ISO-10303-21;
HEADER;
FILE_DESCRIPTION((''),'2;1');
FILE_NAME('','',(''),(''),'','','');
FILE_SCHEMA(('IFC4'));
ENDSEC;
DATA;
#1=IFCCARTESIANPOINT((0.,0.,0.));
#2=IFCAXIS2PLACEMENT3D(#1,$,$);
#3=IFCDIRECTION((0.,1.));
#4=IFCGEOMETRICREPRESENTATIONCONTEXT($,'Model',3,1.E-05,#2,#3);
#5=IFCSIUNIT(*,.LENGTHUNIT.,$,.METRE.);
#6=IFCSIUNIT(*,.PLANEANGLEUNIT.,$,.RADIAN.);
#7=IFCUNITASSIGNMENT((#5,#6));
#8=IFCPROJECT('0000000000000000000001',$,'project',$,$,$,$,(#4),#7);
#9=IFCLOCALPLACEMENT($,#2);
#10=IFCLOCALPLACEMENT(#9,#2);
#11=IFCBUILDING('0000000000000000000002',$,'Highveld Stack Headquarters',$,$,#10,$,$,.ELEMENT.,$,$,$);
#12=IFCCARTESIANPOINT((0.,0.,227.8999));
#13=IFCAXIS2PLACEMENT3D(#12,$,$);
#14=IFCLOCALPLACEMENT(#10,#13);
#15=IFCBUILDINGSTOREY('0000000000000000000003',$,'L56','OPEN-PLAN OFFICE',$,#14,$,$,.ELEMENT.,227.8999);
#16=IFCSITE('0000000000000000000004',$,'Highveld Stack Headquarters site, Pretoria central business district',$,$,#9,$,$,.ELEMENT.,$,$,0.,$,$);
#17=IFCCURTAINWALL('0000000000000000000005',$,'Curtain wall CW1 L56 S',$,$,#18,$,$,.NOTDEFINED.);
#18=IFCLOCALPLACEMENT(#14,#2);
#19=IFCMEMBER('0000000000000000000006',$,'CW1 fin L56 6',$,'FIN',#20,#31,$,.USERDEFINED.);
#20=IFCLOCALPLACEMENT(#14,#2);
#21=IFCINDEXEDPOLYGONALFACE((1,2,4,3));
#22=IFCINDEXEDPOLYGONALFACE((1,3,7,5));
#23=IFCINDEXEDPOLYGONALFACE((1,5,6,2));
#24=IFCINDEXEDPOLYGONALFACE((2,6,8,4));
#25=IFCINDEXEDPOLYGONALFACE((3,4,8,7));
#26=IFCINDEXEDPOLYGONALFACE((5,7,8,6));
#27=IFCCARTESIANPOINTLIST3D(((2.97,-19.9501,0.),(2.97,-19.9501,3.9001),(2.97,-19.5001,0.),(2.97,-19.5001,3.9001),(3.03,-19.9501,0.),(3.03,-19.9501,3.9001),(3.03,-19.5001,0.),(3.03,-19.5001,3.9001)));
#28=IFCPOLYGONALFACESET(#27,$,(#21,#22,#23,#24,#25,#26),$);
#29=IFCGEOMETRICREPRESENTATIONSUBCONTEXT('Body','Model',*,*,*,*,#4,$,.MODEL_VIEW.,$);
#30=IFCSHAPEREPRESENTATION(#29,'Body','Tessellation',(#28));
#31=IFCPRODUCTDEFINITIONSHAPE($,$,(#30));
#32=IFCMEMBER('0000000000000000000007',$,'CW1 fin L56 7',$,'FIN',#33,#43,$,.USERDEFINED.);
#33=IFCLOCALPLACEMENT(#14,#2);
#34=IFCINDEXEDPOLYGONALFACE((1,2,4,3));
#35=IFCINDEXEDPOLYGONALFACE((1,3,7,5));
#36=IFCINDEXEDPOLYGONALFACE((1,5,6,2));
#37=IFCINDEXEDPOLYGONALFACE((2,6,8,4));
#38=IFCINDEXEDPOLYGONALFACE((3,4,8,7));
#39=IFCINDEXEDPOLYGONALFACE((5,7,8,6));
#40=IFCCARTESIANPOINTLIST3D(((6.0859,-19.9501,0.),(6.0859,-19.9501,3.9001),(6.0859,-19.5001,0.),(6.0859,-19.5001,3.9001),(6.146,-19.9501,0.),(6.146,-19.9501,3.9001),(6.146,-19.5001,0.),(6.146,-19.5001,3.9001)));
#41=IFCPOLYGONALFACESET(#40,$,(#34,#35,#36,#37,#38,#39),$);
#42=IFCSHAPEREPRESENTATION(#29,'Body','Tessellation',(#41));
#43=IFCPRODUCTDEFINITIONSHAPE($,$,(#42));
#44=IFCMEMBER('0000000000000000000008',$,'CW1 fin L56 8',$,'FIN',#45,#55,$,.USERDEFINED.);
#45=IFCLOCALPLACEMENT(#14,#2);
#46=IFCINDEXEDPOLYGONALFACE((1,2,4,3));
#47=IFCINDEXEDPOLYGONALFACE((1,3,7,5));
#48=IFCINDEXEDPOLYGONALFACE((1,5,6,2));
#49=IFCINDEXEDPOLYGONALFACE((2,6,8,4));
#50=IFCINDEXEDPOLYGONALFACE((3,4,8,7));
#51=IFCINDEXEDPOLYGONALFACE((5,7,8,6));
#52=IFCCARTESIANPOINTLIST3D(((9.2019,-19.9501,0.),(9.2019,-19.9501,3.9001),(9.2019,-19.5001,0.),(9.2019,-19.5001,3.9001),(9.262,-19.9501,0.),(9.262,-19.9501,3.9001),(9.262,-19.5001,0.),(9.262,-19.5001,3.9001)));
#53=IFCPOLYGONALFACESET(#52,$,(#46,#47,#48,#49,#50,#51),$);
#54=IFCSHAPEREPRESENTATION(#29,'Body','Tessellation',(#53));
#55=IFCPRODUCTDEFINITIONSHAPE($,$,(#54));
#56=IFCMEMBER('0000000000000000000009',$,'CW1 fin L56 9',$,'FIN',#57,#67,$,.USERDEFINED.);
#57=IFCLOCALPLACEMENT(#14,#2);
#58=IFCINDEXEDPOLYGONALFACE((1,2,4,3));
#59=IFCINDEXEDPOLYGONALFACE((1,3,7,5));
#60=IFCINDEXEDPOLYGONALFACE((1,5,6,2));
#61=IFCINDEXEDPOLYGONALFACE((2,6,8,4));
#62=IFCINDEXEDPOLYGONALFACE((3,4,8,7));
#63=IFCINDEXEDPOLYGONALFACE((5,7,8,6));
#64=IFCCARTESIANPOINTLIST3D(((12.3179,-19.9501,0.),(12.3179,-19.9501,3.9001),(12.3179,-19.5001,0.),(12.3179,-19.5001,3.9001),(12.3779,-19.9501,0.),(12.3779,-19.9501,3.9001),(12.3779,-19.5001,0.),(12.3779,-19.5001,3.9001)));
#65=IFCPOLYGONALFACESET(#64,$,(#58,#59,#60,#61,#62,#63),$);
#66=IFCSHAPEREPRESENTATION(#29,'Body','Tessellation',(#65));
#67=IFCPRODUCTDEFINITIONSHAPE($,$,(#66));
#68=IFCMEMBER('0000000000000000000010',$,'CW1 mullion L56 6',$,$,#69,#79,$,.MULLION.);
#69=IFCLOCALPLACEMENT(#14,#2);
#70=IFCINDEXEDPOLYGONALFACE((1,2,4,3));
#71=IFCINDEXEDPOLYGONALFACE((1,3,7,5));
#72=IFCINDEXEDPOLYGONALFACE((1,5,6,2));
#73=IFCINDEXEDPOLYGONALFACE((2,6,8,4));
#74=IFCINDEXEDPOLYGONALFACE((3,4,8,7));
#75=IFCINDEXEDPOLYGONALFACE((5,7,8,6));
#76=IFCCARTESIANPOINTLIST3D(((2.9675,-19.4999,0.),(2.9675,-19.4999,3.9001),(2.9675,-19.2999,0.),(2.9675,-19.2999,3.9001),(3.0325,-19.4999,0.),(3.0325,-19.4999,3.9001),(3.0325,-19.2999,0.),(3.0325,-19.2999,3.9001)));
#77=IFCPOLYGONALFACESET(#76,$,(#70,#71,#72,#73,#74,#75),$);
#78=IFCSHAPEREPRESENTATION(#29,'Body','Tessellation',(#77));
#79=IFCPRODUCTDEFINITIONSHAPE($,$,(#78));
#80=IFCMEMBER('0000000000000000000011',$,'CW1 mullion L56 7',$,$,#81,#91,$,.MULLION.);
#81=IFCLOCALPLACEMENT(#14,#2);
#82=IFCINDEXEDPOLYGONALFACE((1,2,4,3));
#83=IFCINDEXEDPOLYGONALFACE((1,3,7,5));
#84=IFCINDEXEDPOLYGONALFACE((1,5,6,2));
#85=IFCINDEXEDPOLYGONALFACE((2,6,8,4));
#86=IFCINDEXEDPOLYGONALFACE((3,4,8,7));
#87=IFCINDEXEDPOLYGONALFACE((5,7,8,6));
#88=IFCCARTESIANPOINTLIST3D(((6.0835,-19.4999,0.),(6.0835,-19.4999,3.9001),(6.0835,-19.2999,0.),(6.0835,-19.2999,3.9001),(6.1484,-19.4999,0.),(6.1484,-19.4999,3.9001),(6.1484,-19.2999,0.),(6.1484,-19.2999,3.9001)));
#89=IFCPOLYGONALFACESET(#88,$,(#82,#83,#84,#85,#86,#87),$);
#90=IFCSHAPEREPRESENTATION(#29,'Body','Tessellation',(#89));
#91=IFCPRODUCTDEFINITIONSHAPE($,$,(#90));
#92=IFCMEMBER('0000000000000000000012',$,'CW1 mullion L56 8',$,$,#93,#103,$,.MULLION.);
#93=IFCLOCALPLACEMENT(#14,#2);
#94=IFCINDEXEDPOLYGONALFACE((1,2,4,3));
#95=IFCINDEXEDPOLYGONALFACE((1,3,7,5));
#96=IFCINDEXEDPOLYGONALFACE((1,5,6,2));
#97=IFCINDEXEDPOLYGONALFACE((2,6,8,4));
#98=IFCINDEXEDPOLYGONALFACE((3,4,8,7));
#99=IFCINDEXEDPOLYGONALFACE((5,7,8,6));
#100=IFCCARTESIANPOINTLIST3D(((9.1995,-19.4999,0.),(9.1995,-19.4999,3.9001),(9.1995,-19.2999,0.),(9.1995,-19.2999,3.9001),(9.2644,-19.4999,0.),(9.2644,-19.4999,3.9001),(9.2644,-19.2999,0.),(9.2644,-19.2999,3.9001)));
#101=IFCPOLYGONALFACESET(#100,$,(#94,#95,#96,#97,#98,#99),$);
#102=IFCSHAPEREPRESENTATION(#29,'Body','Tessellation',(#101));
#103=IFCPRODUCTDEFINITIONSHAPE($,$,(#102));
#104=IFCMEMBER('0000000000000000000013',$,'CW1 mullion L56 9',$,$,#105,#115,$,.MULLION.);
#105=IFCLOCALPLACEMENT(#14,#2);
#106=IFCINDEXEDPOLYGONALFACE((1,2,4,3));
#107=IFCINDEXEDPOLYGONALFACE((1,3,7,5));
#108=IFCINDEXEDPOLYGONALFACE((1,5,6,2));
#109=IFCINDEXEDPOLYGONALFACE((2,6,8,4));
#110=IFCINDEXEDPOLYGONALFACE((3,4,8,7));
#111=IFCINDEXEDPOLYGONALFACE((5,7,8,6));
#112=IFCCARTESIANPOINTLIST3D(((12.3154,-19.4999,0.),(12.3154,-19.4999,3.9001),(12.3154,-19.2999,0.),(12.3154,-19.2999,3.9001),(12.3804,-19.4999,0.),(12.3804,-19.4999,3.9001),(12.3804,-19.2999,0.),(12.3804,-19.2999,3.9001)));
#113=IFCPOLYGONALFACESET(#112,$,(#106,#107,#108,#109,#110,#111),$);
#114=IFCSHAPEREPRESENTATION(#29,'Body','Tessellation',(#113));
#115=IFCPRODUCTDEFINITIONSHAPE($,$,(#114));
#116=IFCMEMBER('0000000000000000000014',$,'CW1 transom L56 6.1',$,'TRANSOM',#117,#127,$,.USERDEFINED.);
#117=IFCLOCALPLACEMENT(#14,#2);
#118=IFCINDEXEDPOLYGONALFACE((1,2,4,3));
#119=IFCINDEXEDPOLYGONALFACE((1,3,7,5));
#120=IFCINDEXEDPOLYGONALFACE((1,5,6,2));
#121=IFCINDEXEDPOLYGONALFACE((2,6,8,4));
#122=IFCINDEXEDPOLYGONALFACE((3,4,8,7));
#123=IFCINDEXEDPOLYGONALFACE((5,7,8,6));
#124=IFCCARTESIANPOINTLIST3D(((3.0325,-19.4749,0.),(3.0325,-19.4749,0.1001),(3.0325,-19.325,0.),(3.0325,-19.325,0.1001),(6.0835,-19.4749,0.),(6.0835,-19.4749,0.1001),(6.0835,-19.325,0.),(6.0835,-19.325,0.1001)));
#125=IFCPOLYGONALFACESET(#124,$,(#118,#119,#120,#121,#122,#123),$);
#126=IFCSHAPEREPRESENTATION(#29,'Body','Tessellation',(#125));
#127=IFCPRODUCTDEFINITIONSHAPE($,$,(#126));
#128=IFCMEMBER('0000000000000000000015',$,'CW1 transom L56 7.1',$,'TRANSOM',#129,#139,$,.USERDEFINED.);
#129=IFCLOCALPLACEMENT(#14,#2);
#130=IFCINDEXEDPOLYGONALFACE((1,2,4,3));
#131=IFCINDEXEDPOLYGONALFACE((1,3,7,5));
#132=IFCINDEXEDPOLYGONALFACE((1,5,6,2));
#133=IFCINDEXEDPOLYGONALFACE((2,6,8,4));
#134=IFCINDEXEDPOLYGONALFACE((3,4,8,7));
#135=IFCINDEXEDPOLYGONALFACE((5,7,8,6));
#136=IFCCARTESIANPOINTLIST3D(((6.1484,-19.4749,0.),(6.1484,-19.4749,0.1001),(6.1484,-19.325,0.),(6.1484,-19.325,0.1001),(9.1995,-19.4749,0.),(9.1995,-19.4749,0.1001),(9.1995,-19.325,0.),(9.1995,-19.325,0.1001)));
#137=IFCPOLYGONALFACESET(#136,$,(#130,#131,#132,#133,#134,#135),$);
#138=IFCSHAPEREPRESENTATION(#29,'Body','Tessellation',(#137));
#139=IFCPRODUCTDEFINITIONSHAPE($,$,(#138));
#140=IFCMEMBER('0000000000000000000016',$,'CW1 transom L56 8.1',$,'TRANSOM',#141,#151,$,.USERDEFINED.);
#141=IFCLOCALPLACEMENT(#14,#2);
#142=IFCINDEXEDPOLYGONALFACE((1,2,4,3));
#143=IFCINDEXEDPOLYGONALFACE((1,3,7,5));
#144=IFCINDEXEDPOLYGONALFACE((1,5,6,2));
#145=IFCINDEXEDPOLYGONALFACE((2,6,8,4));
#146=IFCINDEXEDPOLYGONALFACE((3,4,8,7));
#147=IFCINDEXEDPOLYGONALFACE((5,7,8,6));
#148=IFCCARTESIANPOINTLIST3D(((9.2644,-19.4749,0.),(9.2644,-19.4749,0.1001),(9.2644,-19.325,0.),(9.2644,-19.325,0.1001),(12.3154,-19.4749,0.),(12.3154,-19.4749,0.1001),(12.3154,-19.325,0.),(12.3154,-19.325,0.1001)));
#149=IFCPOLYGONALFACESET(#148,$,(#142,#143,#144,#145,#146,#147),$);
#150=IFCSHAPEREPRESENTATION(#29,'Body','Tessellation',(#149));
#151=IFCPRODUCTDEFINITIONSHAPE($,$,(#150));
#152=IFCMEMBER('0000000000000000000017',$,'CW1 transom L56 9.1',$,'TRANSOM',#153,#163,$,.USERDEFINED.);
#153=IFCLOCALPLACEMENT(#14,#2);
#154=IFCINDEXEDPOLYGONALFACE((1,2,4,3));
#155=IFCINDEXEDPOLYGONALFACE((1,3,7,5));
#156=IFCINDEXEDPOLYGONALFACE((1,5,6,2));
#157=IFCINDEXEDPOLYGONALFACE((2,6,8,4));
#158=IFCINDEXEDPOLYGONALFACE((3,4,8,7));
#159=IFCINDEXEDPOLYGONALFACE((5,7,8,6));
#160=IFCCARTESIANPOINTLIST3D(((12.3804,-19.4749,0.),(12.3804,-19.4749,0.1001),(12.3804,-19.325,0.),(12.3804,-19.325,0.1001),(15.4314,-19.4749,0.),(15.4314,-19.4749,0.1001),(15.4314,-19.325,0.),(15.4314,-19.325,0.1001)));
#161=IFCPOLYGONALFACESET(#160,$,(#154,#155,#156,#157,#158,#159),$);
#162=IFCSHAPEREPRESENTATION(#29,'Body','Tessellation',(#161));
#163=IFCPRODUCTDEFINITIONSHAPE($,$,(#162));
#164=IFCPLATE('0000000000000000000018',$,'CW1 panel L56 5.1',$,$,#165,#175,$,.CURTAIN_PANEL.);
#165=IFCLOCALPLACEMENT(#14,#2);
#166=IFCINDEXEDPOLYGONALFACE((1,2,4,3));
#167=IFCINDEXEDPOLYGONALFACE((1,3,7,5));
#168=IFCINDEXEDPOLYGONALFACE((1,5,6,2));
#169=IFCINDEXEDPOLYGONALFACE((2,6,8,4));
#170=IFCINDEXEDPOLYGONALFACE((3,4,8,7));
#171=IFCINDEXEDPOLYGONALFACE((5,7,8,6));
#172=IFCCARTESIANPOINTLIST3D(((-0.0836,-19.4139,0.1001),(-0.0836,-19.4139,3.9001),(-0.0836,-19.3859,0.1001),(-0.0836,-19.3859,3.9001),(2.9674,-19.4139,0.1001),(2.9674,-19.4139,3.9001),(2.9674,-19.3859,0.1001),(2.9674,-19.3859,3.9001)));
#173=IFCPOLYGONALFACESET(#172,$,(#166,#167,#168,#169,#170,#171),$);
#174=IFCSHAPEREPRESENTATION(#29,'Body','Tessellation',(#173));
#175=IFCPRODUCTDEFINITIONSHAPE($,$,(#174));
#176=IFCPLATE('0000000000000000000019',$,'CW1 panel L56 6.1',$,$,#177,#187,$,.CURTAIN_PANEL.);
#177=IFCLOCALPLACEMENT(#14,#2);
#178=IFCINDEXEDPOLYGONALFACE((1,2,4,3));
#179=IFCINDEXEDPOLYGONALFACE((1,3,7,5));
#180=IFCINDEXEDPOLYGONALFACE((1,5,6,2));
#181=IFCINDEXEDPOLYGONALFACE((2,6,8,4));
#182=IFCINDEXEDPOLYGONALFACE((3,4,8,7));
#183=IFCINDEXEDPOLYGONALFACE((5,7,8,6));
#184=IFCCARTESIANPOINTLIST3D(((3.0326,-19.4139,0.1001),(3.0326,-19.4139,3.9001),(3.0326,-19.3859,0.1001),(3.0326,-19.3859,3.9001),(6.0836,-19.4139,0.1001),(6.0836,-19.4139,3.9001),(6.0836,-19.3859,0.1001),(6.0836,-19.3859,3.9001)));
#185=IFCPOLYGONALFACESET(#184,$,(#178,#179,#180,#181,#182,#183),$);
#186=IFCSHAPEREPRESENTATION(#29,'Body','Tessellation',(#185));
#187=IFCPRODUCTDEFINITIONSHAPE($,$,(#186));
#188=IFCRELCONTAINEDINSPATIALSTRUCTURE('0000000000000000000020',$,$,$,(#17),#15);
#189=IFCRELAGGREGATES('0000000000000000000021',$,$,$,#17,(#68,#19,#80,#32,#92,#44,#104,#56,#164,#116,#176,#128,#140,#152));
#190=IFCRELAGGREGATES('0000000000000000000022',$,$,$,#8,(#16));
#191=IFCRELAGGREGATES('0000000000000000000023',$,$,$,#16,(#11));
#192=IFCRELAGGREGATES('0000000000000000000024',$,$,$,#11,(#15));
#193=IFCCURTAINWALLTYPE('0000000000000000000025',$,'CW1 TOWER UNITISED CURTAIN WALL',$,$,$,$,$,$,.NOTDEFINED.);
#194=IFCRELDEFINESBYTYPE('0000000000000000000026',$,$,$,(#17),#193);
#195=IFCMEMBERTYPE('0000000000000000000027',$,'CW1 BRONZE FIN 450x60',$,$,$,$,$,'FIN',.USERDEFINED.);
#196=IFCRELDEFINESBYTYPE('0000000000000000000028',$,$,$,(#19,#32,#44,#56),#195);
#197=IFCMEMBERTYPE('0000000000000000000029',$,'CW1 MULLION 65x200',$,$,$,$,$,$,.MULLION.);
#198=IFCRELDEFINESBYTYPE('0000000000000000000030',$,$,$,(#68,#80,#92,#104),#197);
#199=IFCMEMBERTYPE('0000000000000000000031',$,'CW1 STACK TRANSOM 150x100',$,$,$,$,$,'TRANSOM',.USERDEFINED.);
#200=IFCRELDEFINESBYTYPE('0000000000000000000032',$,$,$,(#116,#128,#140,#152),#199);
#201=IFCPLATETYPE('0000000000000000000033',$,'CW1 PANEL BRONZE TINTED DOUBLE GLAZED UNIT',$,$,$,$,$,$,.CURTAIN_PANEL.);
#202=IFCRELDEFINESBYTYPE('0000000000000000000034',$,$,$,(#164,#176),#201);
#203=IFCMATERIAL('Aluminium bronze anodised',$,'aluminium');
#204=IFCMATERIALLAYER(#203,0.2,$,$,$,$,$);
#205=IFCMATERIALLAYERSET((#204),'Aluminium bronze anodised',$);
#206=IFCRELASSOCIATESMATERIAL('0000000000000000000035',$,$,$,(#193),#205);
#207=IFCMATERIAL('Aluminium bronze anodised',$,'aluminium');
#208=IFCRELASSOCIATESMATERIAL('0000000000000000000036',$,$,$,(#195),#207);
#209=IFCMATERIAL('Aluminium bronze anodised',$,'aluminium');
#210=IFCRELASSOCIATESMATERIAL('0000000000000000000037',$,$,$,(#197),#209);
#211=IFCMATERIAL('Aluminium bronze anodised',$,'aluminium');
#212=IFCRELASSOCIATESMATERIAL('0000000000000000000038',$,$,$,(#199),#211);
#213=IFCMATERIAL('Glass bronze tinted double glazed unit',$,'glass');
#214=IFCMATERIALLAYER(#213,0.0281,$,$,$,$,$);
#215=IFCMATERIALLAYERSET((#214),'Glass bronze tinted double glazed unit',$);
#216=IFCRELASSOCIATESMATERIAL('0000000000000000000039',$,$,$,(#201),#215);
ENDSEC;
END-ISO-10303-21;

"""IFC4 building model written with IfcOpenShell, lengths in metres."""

from ifc_helpers import new_model, si_unit, direction, frame, origin, origin_2d, place, context, subcontext, project, spatial, rectangle, extrude, material, layer, layer_set, material_profile, profile_set, type_object, element, aggregate, save


model = new_model("IFC4")

# Units and contexts
model_context = context("Model", 3, precision=1e-05, world=origin(), true_north=direction((0.0, 1.0)))
body_context = subcontext(model_context, "Body", "Model", "MODEL_VIEW")
ifc_project = project(units=[si_unit("LENGTHUNIT", "METRE"), si_unit("PLANEANGLEUNIT", "RADIAN")], contexts=[model_context])

# Site, building, storey
site_placement = place(None, origin())
site = spatial("IfcSite", under=ifc_project, at=site_placement, Name="Highveld Stack Headquarters site, Pretoria central business district", CompositionType="ELEMENT", RefElevation=0.0)
building_placement = place(site_placement, origin())
building = spatial("IfcBuilding", under=site, at=building_placement, Name="Highveld Stack Headquarters", CompositionType="ELEMENT")
storey_placement = place(building_placement, frame((0.0, 0.0, 227.8999)))
storey = spatial("IfcBuildingStorey", under=building, at=storey_placement, Name="L56", Description="OPEN-PLAN OFFICE", CompositionType="ELEMENT", Elevation=227.8999)

# Curtain wall, members, plates
ifc_material_1 = material(Name="Aluminium bronze anodised", Category="aluminium")
ifc_layer_1 = layer(ifc_material_1, 0.2)
ifc_layer_set_1 = layer_set([ifc_layer_1], Name="Aluminium bronze anodised")
curtain_wall_type = type_object("IfcCurtainWallType", Name="CW1 TOWER UNITISED CURTAIN WALL", PredefinedType="NOTDEFINED", material=ifc_layer_set_1)
curtain_wall_placement = place(storey_placement, origin())
curtain_wall = element("IfcCurtainWall", 1, at=curtain_wall_placement, inside=storey, type_object=curtain_wall_type, Name="Curtain wall CW1 L56 S", PredefinedType="NOTDEFINED")
ifc_material_2 = material(Name="Aluminium bronze anodised", Category="aluminium")
ifc_material_profile_1 = material_profile(ifc_material_2, rectangle(XDim=0.45, YDim=0.0601, at=origin_2d()), Name="FIN 450x60")
ifc_profile_set_1 = profile_set([ifc_material_profile_1], Name="Aluminium bronze anodised")
member_type_1 = type_object("IfcMemberType", Name="CW1 BRONZE FIN 450x60", ElementType="FIN", PredefinedType="USERDEFINED", material=ifc_profile_set_1)
member_1_placement = place(storey_placement, frame((3.0, -19.7251, 0.0), z_axis=(0.0, 0.0, 1.0), x_axis=(0.0, 1.0, 0.0)))
member_1 = element("IfcMember", 2, at=member_1_placement, type_object=member_type_1, Name="CW1 fin L56 6", ObjectType="FIN", PredefinedType="USERDEFINED", context=body_context, shape_type="SweptSolid", body=[
    extrude(rectangle(XDim=0.45, YDim=0.0601, at=origin_2d()), origin(), (0.0, 0.0, 1.0), 3.9001),
])
member_2_placement = place(storey_placement, frame((6.116, -19.7251, 0.0), z_axis=(0.0, 0.0, 1.0), x_axis=(0.0, 1.0, 0.0)))
member_2 = element("IfcMember", 3, at=member_2_placement, type_object=member_type_1, Name="CW1 fin L56 7", ObjectType="FIN", PredefinedType="USERDEFINED", context=body_context, shape_type="SweptSolid", body=[
    extrude(rectangle(XDim=0.45, YDim=0.0601, at=origin_2d()), origin(), (0.0, 0.0, 1.0), 3.9001),
])
member_3_placement = place(storey_placement, frame((9.2319, -19.7251, 0.0), z_axis=(0.0, 0.0, 1.0), x_axis=(0.0, 1.0, 0.0)))
member_3 = element("IfcMember", 4, at=member_3_placement, type_object=member_type_1, Name="CW1 fin L56 8", ObjectType="FIN", PredefinedType="USERDEFINED", context=body_context, shape_type="SweptSolid", body=[
    extrude(rectangle(XDim=0.45, YDim=0.0601, at=origin_2d()), origin(), (0.0, 0.0, 1.0), 3.9001),
])
member_4_placement = place(storey_placement, frame((12.3479, -19.7251, 0.0), z_axis=(0.0, 0.0, 1.0), x_axis=(0.0, 1.0, 0.0)))
member_4 = element("IfcMember", 5, at=member_4_placement, type_object=member_type_1, Name="CW1 fin L56 9", ObjectType="FIN", PredefinedType="USERDEFINED", context=body_context, shape_type="SweptSolid", body=[
    extrude(rectangle(XDim=0.45, YDim=0.0601, at=origin_2d()), origin(), (0.0, 0.0, 1.0), 3.9001),
])
ifc_material_3 = material(Name="Aluminium bronze anodised", Category="aluminium")
ifc_material_profile_2 = material_profile(ifc_material_3, rectangle(XDim=0.2, YDim=0.0649, at=origin_2d()), Name="CW1 MULLION 65x200")
ifc_profile_set_2 = profile_set([ifc_material_profile_2], Name="Aluminium bronze anodised")
member_type_2 = type_object("IfcMemberType", Name="CW1 MULLION 65x200", PredefinedType="MULLION", material=ifc_profile_set_2)
member_5_placement = place(storey_placement, frame((3.0, -19.3999, 0.0), z_axis=(0.0, 0.0, 1.0), x_axis=(0.0, 1.0, 0.0)))
member_5 = element("IfcMember", 6, at=member_5_placement, type_object=member_type_2, Name="CW1 mullion L56 6", PredefinedType="MULLION", context=body_context, shape_type="SweptSolid", body=[
    extrude(rectangle(XDim=0.2, YDim=0.0649, at=origin_2d()), origin(), (0.0, 0.0, 1.0), 3.9001),
])
member_6_placement = place(storey_placement, frame((6.116, -19.3999, 0.0), z_axis=(0.0, 0.0, 1.0), x_axis=(0.0, 1.0, 0.0)))
member_6 = element("IfcMember", 7, at=member_6_placement, type_object=member_type_2, Name="CW1 mullion L56 7", PredefinedType="MULLION", context=body_context, shape_type="SweptSolid", body=[
    extrude(rectangle(XDim=0.2, YDim=0.0649, at=origin_2d()), origin(), (0.0, 0.0, 1.0), 3.9001),
])
member_7_placement = place(storey_placement, frame((9.2319, -19.3999, 0.0), z_axis=(0.0, 0.0, 1.0), x_axis=(0.0, 1.0, 0.0)))
member_7 = element("IfcMember", 8, at=member_7_placement, type_object=member_type_2, Name="CW1 mullion L56 8", PredefinedType="MULLION", context=body_context, shape_type="SweptSolid", body=[
    extrude(rectangle(XDim=0.2, YDim=0.0649, at=origin_2d()), origin(), (0.0, 0.0, 1.0), 3.9001),
])
member_8_placement = place(storey_placement, frame((12.3479, -19.3999, 0.0), z_axis=(0.0, 0.0, 1.0), x_axis=(0.0, 1.0, 0.0)))
member_8 = element("IfcMember", 9, at=member_8_placement, type_object=member_type_2, Name="CW1 mullion L56 9", PredefinedType="MULLION", context=body_context, shape_type="SweptSolid", body=[
    extrude(rectangle(XDim=0.2, YDim=0.0649, at=origin_2d()), origin(), (0.0, 0.0, 1.0), 3.9001),
])
ifc_material_4 = material(Name="Aluminium bronze anodised", Category="aluminium")
ifc_material_profile_3 = material_profile(ifc_material_4, rectangle(XDim=0.1499, YDim=0.1001, at=origin_2d()), Name="CW1 TRANSOM 150x100")
ifc_profile_set_3 = profile_set([ifc_material_profile_3], Name="Aluminium bronze anodised")
member_type_3 = type_object("IfcMemberType", Name="CW1 STACK TRANSOM 150x100", ElementType="TRANSOM", PredefinedType="USERDEFINED", material=ifc_profile_set_3)
member_9_placement = place(storey_placement, frame((3.0325, -19.3999, 0.05), z_axis=(1.0, 0.0, 0.0), x_axis=(0.0, 1.0, 0.0)))
member_9 = element("IfcMember", 10, at=member_9_placement, type_object=member_type_3, Name="CW1 transom L56 6.1", ObjectType="TRANSOM", PredefinedType="USERDEFINED", context=body_context, shape_type="SweptSolid", body=[
    extrude(rectangle(XDim=0.1499, YDim=0.1001, at=origin_2d()), origin(), (0.0, 0.0, 1.0), 3.051),
])
member_10_placement = place(storey_placement, frame((6.1484, -19.3999, 0.05), z_axis=(1.0, 0.0, 0.0), x_axis=(0.0, 1.0, 0.0)))
member_10 = element("IfcMember", 11, at=member_10_placement, type_object=member_type_3, Name="CW1 transom L56 7.1", ObjectType="TRANSOM", PredefinedType="USERDEFINED", context=body_context, shape_type="SweptSolid", body=[
    extrude(rectangle(XDim=0.1499, YDim=0.1001, at=origin_2d()), origin(), (0.0, 0.0, 1.0), 3.051),
])
member_11_placement = place(storey_placement, frame((9.2644, -19.3999, 0.05), z_axis=(1.0, 0.0, 0.0), x_axis=(0.0, 1.0, 0.0)))
member_11 = element("IfcMember", 12, at=member_11_placement, type_object=member_type_3, Name="CW1 transom L56 8.1", ObjectType="TRANSOM", PredefinedType="USERDEFINED", context=body_context, shape_type="SweptSolid", body=[
    extrude(rectangle(XDim=0.1499, YDim=0.1001, at=origin_2d()), origin(), (0.0, 0.0, 1.0), 3.051),
])
member_12_placement = place(storey_placement, frame((12.3804, -19.3999, 0.05), z_axis=(1.0, 0.0, 0.0), x_axis=(0.0, 1.0, 0.0)))
member_12 = element("IfcMember", 13, at=member_12_placement, type_object=member_type_3, Name="CW1 transom L56 9.1", ObjectType="TRANSOM", PredefinedType="USERDEFINED", context=body_context, shape_type="SweptSolid", body=[
    extrude(rectangle(XDim=0.1499, YDim=0.1001, at=origin_2d()), origin(), (0.0, 0.0, 1.0), 3.051),
])
ifc_material_5 = material(Name="Glass bronze tinted double glazed unit", Category="glass")
ifc_layer_2 = layer(ifc_material_5, 0.0281)
ifc_layer_set_2 = layer_set([ifc_layer_2], Name="Glass bronze tinted double glazed unit")
plate_type = type_object("IfcPlateType", Name="CW1 PANEL BRONZE TINTED DOUBLE GLAZED UNIT", PredefinedType="CURTAIN_PANEL", material=ifc_layer_set_2)
plate_1_placement = place(storey_placement, frame((1.4419, -19.3999, 0.1001), z_axis=(0.0, 0.0, 1.0), x_axis=(1.0, 0.0, 0.0)))
plate_1 = element("IfcPlate", 14, at=plate_1_placement, type_object=plate_type, Name="CW1 panel L56 5.1", PredefinedType="CURTAIN_PANEL", context=body_context, shape_type="SweptSolid", body=[
    extrude(rectangle(XDim=3.051, YDim=0.0281, at=origin_2d()), origin(), (0.0, 0.0, 1.0), 3.8),
])
plate_2_placement = place(storey_placement, frame((4.5581, -19.3999, 0.1001), z_axis=(0.0, 0.0, 1.0), x_axis=(1.0, 0.0, 0.0)))
plate_2 = element("IfcPlate", 15, at=plate_2_placement, type_object=plate_type, Name="CW1 panel L56 6.1", PredefinedType="CURTAIN_PANEL", context=body_context, shape_type="SweptSolid", body=[
    extrude(rectangle(XDim=3.051, YDim=0.0281, at=origin_2d()), origin(), (0.0, 0.0, 1.0), 3.8),
])
aggregate(curtain_wall, [member_5, member_1, member_6, member_2, member_7, member_3, member_8, member_4, plate_1, member_9, plate_2, member_10, member_11, member_12])

save(model, "model.ifc")
